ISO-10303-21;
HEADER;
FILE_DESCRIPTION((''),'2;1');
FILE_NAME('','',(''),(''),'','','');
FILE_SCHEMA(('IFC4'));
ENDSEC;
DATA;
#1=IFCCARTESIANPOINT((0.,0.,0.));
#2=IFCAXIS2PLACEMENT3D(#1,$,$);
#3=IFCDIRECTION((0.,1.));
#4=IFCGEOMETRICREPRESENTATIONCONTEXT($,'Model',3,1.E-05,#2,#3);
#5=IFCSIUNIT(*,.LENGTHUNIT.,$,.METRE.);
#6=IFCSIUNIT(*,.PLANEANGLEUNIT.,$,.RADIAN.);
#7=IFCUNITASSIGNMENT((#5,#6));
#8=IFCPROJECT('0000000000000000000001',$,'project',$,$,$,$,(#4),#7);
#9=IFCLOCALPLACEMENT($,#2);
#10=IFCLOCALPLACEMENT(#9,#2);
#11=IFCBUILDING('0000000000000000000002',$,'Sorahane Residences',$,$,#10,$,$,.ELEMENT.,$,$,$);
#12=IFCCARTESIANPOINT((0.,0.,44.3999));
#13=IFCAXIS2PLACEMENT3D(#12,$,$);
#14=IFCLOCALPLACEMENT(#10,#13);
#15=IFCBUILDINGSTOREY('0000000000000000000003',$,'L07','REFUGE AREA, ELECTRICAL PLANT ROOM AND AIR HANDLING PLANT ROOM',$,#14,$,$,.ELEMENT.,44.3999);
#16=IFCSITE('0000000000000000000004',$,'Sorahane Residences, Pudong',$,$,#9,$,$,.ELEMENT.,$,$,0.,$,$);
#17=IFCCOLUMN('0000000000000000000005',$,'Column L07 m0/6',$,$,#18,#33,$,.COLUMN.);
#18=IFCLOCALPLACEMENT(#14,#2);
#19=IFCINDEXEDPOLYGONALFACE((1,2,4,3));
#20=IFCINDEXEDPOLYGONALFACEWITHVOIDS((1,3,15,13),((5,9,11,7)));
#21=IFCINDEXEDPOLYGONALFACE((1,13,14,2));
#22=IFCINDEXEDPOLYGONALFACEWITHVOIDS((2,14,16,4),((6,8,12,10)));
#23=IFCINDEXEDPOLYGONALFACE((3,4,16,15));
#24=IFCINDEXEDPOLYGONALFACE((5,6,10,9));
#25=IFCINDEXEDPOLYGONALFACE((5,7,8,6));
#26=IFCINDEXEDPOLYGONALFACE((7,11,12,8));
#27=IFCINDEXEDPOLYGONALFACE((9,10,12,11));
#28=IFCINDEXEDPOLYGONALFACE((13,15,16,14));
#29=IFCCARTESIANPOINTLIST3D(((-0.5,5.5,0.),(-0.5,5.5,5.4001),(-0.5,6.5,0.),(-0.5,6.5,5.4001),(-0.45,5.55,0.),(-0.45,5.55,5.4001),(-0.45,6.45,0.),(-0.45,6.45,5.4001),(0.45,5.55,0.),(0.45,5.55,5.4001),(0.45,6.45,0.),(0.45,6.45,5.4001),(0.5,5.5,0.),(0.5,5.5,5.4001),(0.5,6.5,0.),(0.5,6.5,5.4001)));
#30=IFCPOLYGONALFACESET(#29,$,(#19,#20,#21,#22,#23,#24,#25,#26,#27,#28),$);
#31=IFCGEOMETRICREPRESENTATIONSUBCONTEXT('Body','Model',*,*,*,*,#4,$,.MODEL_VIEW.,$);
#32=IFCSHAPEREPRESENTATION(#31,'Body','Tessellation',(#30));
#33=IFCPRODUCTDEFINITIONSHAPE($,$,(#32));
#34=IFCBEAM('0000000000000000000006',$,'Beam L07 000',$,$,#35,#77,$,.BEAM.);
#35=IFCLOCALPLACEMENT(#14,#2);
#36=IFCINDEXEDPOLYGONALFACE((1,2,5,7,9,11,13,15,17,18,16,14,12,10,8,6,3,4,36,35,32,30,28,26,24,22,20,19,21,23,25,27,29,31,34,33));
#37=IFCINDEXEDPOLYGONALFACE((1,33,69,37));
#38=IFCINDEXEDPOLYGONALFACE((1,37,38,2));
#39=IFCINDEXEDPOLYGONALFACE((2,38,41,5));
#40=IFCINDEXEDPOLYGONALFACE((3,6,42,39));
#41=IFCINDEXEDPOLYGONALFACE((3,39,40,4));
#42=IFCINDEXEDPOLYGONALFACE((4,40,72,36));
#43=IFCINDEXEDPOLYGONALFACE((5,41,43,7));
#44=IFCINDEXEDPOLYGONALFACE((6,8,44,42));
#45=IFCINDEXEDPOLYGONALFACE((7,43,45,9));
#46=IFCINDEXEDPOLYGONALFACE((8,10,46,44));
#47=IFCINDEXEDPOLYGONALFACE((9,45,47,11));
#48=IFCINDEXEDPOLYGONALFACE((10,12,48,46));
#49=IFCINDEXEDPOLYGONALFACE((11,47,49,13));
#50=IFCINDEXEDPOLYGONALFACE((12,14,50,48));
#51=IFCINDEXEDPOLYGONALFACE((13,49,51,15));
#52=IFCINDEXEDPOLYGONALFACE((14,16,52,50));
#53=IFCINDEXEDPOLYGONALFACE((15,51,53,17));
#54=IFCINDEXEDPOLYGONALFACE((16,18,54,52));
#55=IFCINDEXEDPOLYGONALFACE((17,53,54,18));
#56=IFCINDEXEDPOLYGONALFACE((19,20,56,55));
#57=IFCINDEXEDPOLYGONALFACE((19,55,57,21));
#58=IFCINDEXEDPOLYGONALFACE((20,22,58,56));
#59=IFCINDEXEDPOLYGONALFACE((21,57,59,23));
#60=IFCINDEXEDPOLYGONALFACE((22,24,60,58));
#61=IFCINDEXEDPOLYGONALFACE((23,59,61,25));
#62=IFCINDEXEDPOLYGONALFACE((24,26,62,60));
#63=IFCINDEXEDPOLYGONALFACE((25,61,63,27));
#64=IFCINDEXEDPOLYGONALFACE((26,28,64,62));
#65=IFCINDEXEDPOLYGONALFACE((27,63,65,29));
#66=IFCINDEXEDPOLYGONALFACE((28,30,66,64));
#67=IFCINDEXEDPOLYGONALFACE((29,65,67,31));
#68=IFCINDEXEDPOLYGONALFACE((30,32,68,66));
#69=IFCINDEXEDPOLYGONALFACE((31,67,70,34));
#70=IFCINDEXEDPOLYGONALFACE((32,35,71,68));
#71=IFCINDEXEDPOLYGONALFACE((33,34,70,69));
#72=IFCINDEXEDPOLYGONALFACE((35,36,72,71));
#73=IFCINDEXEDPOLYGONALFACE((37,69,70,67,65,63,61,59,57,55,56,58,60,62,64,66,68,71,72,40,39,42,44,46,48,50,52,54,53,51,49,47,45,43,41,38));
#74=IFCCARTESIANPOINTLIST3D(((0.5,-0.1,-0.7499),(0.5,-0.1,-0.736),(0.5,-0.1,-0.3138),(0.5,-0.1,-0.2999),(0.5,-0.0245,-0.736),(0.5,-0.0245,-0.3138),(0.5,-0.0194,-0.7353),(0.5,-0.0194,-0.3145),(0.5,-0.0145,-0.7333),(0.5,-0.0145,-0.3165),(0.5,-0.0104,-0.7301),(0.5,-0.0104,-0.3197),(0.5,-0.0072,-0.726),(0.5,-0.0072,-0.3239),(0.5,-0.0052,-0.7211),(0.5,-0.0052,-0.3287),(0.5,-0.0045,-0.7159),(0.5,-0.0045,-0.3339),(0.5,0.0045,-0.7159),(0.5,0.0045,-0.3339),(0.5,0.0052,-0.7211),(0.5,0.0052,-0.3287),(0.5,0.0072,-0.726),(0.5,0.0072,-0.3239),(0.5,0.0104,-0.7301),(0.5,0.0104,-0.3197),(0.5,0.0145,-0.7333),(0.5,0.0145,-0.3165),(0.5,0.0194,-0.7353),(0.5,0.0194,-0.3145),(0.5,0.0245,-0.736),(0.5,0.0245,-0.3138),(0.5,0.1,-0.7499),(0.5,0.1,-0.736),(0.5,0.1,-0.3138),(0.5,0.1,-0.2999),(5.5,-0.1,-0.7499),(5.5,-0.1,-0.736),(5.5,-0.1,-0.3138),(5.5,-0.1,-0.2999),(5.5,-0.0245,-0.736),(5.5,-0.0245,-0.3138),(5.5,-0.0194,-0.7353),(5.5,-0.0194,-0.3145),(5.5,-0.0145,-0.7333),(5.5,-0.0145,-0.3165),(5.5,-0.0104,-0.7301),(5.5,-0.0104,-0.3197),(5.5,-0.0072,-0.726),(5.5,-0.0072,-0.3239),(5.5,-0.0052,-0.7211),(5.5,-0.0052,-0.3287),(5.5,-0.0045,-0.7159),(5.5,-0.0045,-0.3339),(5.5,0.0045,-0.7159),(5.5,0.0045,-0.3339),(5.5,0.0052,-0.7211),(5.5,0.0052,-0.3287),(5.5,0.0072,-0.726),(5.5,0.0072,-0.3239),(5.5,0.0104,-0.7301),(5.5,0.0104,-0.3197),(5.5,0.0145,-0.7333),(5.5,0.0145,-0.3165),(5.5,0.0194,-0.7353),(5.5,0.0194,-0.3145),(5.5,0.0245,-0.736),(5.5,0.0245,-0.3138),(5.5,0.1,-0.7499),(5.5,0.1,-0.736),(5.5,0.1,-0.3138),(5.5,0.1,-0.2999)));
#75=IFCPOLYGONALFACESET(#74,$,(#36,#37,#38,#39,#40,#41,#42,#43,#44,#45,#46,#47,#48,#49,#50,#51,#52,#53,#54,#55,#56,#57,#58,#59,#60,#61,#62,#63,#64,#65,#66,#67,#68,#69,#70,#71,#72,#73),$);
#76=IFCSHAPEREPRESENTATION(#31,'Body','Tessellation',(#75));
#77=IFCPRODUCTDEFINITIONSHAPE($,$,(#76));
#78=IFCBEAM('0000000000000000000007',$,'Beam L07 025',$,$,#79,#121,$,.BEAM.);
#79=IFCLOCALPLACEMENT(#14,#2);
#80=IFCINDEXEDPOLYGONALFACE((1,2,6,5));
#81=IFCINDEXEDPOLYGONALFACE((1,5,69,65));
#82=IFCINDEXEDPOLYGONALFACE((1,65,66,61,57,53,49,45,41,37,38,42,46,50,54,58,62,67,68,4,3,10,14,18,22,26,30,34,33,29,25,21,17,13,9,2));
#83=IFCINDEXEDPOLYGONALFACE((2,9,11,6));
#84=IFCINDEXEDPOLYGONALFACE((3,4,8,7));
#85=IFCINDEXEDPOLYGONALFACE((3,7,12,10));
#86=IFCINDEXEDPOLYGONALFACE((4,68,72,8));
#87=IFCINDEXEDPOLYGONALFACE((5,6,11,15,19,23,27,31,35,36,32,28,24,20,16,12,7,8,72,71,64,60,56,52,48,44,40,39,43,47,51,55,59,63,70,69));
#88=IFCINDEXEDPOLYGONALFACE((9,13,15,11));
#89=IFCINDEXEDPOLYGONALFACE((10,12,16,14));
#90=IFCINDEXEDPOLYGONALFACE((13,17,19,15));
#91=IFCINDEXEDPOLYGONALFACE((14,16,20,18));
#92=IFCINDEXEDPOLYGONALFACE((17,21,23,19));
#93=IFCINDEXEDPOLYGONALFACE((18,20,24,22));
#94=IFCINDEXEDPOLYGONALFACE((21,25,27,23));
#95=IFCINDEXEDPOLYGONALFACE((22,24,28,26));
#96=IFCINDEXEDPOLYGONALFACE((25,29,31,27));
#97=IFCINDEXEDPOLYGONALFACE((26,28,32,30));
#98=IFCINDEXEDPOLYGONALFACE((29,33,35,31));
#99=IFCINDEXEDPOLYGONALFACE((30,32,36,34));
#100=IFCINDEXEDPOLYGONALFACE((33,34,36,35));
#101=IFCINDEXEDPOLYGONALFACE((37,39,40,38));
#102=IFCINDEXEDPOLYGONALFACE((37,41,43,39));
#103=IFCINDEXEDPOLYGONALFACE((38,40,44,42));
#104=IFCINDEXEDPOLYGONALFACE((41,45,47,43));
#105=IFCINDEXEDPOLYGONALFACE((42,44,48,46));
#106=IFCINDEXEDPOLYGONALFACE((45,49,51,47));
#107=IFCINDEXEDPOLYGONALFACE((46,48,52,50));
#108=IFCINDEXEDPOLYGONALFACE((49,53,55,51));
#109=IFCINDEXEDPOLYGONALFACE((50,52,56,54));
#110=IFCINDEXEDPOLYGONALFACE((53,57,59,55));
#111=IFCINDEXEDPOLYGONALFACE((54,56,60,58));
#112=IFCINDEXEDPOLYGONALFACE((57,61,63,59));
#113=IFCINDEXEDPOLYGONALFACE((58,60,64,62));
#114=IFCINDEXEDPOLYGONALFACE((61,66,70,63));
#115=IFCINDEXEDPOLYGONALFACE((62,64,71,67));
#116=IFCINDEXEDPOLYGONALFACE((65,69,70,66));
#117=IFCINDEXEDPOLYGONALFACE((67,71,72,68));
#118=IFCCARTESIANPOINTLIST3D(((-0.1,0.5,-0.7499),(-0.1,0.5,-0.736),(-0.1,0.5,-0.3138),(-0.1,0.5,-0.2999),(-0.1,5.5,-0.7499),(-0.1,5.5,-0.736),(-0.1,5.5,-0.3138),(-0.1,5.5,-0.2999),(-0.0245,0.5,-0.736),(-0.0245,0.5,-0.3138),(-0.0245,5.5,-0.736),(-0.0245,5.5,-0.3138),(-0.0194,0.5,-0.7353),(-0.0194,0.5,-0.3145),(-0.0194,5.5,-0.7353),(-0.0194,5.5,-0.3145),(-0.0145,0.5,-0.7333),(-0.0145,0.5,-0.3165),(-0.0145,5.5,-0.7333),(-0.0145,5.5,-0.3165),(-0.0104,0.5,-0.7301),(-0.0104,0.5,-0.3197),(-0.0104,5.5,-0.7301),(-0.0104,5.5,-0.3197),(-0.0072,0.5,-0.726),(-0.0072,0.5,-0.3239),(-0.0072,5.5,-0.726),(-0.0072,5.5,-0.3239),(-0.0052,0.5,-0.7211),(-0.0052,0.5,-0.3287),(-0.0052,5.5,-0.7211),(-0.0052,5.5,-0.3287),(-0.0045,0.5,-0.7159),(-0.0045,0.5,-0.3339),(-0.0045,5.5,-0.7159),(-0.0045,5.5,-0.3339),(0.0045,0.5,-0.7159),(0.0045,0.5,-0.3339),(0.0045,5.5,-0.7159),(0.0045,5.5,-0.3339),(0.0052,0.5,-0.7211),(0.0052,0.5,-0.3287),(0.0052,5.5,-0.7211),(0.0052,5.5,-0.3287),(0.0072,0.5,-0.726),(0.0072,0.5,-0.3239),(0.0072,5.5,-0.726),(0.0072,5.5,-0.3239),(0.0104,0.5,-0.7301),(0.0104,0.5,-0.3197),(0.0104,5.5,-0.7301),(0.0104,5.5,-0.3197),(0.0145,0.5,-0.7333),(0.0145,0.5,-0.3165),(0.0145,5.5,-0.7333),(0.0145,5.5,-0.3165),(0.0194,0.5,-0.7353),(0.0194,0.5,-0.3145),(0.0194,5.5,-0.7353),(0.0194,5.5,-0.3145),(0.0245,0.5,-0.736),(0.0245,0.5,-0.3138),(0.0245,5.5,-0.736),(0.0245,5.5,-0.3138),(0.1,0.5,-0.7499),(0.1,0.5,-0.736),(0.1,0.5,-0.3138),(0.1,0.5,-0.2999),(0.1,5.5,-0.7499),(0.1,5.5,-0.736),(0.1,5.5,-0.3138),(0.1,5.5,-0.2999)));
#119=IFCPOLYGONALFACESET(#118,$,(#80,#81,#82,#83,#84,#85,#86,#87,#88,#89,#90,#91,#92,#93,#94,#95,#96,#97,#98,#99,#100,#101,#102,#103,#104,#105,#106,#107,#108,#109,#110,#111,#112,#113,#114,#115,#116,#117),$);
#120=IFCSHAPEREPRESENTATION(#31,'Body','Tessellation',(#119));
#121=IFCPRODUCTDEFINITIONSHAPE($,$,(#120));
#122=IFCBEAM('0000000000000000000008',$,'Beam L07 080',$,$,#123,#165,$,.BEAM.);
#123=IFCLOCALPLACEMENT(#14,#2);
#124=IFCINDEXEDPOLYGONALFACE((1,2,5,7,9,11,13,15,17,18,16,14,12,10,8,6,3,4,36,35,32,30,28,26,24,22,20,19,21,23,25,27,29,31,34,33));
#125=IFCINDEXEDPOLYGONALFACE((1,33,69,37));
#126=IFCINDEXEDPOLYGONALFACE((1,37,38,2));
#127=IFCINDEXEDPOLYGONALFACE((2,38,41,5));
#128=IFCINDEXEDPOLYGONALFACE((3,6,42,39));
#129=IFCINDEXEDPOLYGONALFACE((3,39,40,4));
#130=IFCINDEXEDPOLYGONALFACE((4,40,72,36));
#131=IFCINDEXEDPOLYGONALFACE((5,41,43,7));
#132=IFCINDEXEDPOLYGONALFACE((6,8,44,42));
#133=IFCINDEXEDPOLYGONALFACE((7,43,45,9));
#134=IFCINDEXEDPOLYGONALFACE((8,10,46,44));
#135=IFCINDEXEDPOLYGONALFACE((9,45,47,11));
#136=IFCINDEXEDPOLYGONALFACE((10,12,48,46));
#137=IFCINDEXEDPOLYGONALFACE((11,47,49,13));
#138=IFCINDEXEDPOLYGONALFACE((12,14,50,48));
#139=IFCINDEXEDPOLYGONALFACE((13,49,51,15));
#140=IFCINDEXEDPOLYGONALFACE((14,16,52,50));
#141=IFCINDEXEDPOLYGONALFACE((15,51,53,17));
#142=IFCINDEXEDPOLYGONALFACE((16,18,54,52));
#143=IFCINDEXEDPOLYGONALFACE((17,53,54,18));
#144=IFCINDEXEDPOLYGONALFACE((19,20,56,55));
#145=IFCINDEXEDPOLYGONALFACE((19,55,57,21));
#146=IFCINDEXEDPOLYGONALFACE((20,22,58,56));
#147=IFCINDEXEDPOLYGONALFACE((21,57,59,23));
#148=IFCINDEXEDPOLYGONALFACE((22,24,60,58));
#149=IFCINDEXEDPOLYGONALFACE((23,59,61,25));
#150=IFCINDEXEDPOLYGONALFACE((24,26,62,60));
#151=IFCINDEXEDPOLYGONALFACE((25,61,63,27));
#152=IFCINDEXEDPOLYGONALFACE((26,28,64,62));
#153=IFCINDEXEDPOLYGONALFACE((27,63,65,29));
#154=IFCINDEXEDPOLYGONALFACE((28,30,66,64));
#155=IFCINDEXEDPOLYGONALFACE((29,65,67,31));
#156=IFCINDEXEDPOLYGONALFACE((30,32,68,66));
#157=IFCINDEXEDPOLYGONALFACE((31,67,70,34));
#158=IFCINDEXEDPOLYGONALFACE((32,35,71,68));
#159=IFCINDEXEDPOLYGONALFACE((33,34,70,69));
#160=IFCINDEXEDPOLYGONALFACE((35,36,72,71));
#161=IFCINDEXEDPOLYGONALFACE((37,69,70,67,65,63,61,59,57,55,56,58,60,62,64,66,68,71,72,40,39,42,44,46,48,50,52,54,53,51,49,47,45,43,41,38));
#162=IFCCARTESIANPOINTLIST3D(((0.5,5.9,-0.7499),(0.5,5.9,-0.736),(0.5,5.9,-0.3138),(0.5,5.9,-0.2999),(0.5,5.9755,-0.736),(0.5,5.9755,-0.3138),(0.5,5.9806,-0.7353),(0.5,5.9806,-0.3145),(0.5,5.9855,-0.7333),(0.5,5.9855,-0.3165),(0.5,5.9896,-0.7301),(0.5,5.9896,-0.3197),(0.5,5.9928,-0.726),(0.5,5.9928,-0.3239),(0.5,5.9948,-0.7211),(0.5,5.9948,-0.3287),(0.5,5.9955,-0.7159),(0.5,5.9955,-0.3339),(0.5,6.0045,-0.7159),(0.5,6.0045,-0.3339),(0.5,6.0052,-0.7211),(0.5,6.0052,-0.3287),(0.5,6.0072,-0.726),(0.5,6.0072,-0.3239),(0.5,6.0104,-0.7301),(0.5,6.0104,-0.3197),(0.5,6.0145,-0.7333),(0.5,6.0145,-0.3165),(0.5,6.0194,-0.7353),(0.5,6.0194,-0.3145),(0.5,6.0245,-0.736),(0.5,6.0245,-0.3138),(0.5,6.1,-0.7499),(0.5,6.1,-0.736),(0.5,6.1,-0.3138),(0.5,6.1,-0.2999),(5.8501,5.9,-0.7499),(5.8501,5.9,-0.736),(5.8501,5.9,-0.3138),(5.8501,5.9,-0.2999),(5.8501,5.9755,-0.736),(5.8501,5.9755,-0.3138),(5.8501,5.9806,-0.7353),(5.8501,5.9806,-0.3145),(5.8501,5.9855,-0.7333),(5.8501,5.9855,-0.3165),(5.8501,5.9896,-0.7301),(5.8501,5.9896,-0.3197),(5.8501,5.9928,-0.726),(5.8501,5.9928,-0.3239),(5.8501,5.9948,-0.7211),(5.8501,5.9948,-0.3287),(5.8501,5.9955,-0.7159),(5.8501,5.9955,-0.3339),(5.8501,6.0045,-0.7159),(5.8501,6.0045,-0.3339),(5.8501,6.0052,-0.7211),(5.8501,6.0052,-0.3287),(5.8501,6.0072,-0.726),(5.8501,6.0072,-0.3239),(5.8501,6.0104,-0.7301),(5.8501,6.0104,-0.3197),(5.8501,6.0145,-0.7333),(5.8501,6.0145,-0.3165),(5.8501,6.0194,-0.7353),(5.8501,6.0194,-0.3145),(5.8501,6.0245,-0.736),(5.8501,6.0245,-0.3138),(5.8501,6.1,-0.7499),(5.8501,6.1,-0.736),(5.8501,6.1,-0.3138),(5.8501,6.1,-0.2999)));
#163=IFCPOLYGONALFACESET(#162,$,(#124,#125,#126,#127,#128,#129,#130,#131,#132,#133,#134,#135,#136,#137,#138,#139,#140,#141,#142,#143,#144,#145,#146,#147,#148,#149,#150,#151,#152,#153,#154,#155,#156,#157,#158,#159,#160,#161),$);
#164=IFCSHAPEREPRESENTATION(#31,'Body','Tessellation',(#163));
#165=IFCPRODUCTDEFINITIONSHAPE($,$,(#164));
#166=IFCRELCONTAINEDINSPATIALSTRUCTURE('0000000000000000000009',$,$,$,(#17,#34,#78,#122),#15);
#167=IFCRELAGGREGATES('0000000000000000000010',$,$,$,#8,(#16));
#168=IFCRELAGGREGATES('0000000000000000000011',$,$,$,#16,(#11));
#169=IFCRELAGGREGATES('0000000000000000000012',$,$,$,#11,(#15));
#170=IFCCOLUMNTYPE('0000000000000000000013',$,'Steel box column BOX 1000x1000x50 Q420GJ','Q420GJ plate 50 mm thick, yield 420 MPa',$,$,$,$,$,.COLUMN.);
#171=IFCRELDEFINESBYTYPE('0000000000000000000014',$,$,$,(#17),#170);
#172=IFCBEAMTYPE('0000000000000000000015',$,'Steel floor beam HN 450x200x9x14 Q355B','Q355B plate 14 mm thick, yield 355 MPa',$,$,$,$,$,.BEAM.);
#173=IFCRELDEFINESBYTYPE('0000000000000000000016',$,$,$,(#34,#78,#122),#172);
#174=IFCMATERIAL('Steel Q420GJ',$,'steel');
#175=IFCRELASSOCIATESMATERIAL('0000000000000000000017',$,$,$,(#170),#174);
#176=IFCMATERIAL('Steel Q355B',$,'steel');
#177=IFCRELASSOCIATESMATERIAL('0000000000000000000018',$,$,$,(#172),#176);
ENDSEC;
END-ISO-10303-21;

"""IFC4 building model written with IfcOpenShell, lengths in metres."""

from ifc_helpers import new_model, si_unit, direction, frame, origin, origin_2d, place, context, subcontext, project, spatial, hollow_rectangle, i_section, extrude, material, material_profile, profile_set, type_object, element, save


model = new_model("IFC4")

# Units and contexts
model_context = context("Model", 3, precision=1e-05, world=origin(), true_north=direction((0.0, 1.0)))
body_context = subcontext(model_context, "Body", "Model", "MODEL_VIEW")
ifc_project = project(units=[si_unit("LENGTHUNIT", "METRE"), si_unit("PLANEANGLEUNIT", "RADIAN")], contexts=[model_context])

# Site, building, storey
site_placement = place(None, origin())
site = spatial("IfcSite", under=ifc_project, at=site_placement, Name="Sorahane Residences, Pudong", CompositionType="ELEMENT", RefElevation=0.0)
building_placement = place(site_placement, origin())
building = spatial("IfcBuilding", under=site, at=building_placement, Name="Sorahane Residences", CompositionType="ELEMENT")
storey_placement = place(building_placement, frame((0.0, 0.0, 44.3999)))
storey = spatial("IfcBuildingStorey", under=building, at=storey_placement, Name="L07", Description="REFUGE AREA, ELECTRICAL PLANT ROOM AND AIR HANDLING PLANT ROOM", CompositionType="ELEMENT", Elevation=44.3999)

# Column
ifc_material_1 = material(Name="Steel Q420GJ", Category="steel")
ifc_material_profile_1 = material_profile(ifc_material_1, hollow_rectangle(XDim=1.0, YDim=1.0, WallThickness=0.05, at=origin_2d()), Name="BOX 1000x1000x50")
ifc_profile_set_1 = profile_set([ifc_material_profile_1], Name="Steel Q420GJ")
column_type = type_object("IfcColumnType", Name="Steel box column BOX 1000x1000x50 Q420GJ", Description="Q420GJ plate 50 mm thick, yield 420 MPa", PredefinedType="COLUMN", material=ifc_profile_set_1)
column_placement = place(storey_placement, frame((0.0, 6.0, 0.0), z_axis=(0.0, 0.0, 1.0), x_axis=(1.0, 0.0, 0.0)))
element("IfcColumn", 1, at=column_placement, inside=storey, type_object=column_type, Name="Column L07 m0/6", PredefinedType="COLUMN", context=body_context, shape_type="SweptSolid", body=[
    extrude(hollow_rectangle(XDim=1.0, YDim=1.0, WallThickness=0.05, at=origin_2d()), origin(), (0.0, 0.0, 1.0), 5.4001),
])

# Beams
ifc_material_2 = material(Name="Steel Q355B", Category="steel")
ifc_material_profile_2 = material_profile(ifc_material_2, i_section(OverallWidth=0.2, OverallDepth=0.45, WebThickness=0.009, FlangeThickness=0.0139, FilletRadius=0.02, at=origin_2d()), Name="HN 450x200x9x14")
ifc_profile_set_2 = profile_set([ifc_material_profile_2], Name="Steel Q355B")
beam_type = type_object("IfcBeamType", Name="Steel floor beam HN 450x200x9x14 Q355B", Description="Q355B plate 14 mm thick, yield 355 MPa", PredefinedType="BEAM", material=ifc_profile_set_2)
for number, where, z_axis, x_axis, name in (
    (2, (0.5, 0.0, -0.5249), (1.0, 0.0, 0.0), (0.0, 1.0, 0.0), "Beam L07 000"),
    (3, (0.0, 0.5, -0.5249), (0.0, 1.0, 0.0), (-1.0, 0.0, 0.0), "Beam L07 025"),
):
    element("IfcBeam", number, at=place(storey_placement, frame(where, z_axis=z_axis, x_axis=x_axis)), inside=storey, type_object=beam_type, Name=name, PredefinedType="BEAM", context=body_context, shape_type="SweptSolid", body=[
        extrude(i_section(OverallWidth=0.2, OverallDepth=0.45, WebThickness=0.009, FlangeThickness=0.0139, FilletRadius=0.02, at=origin_2d()), origin(), (0.0, 0.0, 1.0), 5.0),
    ])
beam_placement = place(storey_placement, frame((0.5, 6.0, -0.5249), z_axis=(1.0, 0.0, 0.0), x_axis=(0.0, 1.0, 0.0)))
element("IfcBeam", 4, at=beam_placement, inside=storey, type_object=beam_type, Name="Beam L07 080", PredefinedType="BEAM", context=body_context, shape_type="SweptSolid", body=[
    extrude(i_section(OverallWidth=0.2, OverallDepth=0.45, WebThickness=0.009, FlangeThickness=0.0139, FilletRadius=0.02, at=origin_2d()), origin(), (0.0, 0.0, 1.0), 5.3501),
])

save(model, "model.ifc")
